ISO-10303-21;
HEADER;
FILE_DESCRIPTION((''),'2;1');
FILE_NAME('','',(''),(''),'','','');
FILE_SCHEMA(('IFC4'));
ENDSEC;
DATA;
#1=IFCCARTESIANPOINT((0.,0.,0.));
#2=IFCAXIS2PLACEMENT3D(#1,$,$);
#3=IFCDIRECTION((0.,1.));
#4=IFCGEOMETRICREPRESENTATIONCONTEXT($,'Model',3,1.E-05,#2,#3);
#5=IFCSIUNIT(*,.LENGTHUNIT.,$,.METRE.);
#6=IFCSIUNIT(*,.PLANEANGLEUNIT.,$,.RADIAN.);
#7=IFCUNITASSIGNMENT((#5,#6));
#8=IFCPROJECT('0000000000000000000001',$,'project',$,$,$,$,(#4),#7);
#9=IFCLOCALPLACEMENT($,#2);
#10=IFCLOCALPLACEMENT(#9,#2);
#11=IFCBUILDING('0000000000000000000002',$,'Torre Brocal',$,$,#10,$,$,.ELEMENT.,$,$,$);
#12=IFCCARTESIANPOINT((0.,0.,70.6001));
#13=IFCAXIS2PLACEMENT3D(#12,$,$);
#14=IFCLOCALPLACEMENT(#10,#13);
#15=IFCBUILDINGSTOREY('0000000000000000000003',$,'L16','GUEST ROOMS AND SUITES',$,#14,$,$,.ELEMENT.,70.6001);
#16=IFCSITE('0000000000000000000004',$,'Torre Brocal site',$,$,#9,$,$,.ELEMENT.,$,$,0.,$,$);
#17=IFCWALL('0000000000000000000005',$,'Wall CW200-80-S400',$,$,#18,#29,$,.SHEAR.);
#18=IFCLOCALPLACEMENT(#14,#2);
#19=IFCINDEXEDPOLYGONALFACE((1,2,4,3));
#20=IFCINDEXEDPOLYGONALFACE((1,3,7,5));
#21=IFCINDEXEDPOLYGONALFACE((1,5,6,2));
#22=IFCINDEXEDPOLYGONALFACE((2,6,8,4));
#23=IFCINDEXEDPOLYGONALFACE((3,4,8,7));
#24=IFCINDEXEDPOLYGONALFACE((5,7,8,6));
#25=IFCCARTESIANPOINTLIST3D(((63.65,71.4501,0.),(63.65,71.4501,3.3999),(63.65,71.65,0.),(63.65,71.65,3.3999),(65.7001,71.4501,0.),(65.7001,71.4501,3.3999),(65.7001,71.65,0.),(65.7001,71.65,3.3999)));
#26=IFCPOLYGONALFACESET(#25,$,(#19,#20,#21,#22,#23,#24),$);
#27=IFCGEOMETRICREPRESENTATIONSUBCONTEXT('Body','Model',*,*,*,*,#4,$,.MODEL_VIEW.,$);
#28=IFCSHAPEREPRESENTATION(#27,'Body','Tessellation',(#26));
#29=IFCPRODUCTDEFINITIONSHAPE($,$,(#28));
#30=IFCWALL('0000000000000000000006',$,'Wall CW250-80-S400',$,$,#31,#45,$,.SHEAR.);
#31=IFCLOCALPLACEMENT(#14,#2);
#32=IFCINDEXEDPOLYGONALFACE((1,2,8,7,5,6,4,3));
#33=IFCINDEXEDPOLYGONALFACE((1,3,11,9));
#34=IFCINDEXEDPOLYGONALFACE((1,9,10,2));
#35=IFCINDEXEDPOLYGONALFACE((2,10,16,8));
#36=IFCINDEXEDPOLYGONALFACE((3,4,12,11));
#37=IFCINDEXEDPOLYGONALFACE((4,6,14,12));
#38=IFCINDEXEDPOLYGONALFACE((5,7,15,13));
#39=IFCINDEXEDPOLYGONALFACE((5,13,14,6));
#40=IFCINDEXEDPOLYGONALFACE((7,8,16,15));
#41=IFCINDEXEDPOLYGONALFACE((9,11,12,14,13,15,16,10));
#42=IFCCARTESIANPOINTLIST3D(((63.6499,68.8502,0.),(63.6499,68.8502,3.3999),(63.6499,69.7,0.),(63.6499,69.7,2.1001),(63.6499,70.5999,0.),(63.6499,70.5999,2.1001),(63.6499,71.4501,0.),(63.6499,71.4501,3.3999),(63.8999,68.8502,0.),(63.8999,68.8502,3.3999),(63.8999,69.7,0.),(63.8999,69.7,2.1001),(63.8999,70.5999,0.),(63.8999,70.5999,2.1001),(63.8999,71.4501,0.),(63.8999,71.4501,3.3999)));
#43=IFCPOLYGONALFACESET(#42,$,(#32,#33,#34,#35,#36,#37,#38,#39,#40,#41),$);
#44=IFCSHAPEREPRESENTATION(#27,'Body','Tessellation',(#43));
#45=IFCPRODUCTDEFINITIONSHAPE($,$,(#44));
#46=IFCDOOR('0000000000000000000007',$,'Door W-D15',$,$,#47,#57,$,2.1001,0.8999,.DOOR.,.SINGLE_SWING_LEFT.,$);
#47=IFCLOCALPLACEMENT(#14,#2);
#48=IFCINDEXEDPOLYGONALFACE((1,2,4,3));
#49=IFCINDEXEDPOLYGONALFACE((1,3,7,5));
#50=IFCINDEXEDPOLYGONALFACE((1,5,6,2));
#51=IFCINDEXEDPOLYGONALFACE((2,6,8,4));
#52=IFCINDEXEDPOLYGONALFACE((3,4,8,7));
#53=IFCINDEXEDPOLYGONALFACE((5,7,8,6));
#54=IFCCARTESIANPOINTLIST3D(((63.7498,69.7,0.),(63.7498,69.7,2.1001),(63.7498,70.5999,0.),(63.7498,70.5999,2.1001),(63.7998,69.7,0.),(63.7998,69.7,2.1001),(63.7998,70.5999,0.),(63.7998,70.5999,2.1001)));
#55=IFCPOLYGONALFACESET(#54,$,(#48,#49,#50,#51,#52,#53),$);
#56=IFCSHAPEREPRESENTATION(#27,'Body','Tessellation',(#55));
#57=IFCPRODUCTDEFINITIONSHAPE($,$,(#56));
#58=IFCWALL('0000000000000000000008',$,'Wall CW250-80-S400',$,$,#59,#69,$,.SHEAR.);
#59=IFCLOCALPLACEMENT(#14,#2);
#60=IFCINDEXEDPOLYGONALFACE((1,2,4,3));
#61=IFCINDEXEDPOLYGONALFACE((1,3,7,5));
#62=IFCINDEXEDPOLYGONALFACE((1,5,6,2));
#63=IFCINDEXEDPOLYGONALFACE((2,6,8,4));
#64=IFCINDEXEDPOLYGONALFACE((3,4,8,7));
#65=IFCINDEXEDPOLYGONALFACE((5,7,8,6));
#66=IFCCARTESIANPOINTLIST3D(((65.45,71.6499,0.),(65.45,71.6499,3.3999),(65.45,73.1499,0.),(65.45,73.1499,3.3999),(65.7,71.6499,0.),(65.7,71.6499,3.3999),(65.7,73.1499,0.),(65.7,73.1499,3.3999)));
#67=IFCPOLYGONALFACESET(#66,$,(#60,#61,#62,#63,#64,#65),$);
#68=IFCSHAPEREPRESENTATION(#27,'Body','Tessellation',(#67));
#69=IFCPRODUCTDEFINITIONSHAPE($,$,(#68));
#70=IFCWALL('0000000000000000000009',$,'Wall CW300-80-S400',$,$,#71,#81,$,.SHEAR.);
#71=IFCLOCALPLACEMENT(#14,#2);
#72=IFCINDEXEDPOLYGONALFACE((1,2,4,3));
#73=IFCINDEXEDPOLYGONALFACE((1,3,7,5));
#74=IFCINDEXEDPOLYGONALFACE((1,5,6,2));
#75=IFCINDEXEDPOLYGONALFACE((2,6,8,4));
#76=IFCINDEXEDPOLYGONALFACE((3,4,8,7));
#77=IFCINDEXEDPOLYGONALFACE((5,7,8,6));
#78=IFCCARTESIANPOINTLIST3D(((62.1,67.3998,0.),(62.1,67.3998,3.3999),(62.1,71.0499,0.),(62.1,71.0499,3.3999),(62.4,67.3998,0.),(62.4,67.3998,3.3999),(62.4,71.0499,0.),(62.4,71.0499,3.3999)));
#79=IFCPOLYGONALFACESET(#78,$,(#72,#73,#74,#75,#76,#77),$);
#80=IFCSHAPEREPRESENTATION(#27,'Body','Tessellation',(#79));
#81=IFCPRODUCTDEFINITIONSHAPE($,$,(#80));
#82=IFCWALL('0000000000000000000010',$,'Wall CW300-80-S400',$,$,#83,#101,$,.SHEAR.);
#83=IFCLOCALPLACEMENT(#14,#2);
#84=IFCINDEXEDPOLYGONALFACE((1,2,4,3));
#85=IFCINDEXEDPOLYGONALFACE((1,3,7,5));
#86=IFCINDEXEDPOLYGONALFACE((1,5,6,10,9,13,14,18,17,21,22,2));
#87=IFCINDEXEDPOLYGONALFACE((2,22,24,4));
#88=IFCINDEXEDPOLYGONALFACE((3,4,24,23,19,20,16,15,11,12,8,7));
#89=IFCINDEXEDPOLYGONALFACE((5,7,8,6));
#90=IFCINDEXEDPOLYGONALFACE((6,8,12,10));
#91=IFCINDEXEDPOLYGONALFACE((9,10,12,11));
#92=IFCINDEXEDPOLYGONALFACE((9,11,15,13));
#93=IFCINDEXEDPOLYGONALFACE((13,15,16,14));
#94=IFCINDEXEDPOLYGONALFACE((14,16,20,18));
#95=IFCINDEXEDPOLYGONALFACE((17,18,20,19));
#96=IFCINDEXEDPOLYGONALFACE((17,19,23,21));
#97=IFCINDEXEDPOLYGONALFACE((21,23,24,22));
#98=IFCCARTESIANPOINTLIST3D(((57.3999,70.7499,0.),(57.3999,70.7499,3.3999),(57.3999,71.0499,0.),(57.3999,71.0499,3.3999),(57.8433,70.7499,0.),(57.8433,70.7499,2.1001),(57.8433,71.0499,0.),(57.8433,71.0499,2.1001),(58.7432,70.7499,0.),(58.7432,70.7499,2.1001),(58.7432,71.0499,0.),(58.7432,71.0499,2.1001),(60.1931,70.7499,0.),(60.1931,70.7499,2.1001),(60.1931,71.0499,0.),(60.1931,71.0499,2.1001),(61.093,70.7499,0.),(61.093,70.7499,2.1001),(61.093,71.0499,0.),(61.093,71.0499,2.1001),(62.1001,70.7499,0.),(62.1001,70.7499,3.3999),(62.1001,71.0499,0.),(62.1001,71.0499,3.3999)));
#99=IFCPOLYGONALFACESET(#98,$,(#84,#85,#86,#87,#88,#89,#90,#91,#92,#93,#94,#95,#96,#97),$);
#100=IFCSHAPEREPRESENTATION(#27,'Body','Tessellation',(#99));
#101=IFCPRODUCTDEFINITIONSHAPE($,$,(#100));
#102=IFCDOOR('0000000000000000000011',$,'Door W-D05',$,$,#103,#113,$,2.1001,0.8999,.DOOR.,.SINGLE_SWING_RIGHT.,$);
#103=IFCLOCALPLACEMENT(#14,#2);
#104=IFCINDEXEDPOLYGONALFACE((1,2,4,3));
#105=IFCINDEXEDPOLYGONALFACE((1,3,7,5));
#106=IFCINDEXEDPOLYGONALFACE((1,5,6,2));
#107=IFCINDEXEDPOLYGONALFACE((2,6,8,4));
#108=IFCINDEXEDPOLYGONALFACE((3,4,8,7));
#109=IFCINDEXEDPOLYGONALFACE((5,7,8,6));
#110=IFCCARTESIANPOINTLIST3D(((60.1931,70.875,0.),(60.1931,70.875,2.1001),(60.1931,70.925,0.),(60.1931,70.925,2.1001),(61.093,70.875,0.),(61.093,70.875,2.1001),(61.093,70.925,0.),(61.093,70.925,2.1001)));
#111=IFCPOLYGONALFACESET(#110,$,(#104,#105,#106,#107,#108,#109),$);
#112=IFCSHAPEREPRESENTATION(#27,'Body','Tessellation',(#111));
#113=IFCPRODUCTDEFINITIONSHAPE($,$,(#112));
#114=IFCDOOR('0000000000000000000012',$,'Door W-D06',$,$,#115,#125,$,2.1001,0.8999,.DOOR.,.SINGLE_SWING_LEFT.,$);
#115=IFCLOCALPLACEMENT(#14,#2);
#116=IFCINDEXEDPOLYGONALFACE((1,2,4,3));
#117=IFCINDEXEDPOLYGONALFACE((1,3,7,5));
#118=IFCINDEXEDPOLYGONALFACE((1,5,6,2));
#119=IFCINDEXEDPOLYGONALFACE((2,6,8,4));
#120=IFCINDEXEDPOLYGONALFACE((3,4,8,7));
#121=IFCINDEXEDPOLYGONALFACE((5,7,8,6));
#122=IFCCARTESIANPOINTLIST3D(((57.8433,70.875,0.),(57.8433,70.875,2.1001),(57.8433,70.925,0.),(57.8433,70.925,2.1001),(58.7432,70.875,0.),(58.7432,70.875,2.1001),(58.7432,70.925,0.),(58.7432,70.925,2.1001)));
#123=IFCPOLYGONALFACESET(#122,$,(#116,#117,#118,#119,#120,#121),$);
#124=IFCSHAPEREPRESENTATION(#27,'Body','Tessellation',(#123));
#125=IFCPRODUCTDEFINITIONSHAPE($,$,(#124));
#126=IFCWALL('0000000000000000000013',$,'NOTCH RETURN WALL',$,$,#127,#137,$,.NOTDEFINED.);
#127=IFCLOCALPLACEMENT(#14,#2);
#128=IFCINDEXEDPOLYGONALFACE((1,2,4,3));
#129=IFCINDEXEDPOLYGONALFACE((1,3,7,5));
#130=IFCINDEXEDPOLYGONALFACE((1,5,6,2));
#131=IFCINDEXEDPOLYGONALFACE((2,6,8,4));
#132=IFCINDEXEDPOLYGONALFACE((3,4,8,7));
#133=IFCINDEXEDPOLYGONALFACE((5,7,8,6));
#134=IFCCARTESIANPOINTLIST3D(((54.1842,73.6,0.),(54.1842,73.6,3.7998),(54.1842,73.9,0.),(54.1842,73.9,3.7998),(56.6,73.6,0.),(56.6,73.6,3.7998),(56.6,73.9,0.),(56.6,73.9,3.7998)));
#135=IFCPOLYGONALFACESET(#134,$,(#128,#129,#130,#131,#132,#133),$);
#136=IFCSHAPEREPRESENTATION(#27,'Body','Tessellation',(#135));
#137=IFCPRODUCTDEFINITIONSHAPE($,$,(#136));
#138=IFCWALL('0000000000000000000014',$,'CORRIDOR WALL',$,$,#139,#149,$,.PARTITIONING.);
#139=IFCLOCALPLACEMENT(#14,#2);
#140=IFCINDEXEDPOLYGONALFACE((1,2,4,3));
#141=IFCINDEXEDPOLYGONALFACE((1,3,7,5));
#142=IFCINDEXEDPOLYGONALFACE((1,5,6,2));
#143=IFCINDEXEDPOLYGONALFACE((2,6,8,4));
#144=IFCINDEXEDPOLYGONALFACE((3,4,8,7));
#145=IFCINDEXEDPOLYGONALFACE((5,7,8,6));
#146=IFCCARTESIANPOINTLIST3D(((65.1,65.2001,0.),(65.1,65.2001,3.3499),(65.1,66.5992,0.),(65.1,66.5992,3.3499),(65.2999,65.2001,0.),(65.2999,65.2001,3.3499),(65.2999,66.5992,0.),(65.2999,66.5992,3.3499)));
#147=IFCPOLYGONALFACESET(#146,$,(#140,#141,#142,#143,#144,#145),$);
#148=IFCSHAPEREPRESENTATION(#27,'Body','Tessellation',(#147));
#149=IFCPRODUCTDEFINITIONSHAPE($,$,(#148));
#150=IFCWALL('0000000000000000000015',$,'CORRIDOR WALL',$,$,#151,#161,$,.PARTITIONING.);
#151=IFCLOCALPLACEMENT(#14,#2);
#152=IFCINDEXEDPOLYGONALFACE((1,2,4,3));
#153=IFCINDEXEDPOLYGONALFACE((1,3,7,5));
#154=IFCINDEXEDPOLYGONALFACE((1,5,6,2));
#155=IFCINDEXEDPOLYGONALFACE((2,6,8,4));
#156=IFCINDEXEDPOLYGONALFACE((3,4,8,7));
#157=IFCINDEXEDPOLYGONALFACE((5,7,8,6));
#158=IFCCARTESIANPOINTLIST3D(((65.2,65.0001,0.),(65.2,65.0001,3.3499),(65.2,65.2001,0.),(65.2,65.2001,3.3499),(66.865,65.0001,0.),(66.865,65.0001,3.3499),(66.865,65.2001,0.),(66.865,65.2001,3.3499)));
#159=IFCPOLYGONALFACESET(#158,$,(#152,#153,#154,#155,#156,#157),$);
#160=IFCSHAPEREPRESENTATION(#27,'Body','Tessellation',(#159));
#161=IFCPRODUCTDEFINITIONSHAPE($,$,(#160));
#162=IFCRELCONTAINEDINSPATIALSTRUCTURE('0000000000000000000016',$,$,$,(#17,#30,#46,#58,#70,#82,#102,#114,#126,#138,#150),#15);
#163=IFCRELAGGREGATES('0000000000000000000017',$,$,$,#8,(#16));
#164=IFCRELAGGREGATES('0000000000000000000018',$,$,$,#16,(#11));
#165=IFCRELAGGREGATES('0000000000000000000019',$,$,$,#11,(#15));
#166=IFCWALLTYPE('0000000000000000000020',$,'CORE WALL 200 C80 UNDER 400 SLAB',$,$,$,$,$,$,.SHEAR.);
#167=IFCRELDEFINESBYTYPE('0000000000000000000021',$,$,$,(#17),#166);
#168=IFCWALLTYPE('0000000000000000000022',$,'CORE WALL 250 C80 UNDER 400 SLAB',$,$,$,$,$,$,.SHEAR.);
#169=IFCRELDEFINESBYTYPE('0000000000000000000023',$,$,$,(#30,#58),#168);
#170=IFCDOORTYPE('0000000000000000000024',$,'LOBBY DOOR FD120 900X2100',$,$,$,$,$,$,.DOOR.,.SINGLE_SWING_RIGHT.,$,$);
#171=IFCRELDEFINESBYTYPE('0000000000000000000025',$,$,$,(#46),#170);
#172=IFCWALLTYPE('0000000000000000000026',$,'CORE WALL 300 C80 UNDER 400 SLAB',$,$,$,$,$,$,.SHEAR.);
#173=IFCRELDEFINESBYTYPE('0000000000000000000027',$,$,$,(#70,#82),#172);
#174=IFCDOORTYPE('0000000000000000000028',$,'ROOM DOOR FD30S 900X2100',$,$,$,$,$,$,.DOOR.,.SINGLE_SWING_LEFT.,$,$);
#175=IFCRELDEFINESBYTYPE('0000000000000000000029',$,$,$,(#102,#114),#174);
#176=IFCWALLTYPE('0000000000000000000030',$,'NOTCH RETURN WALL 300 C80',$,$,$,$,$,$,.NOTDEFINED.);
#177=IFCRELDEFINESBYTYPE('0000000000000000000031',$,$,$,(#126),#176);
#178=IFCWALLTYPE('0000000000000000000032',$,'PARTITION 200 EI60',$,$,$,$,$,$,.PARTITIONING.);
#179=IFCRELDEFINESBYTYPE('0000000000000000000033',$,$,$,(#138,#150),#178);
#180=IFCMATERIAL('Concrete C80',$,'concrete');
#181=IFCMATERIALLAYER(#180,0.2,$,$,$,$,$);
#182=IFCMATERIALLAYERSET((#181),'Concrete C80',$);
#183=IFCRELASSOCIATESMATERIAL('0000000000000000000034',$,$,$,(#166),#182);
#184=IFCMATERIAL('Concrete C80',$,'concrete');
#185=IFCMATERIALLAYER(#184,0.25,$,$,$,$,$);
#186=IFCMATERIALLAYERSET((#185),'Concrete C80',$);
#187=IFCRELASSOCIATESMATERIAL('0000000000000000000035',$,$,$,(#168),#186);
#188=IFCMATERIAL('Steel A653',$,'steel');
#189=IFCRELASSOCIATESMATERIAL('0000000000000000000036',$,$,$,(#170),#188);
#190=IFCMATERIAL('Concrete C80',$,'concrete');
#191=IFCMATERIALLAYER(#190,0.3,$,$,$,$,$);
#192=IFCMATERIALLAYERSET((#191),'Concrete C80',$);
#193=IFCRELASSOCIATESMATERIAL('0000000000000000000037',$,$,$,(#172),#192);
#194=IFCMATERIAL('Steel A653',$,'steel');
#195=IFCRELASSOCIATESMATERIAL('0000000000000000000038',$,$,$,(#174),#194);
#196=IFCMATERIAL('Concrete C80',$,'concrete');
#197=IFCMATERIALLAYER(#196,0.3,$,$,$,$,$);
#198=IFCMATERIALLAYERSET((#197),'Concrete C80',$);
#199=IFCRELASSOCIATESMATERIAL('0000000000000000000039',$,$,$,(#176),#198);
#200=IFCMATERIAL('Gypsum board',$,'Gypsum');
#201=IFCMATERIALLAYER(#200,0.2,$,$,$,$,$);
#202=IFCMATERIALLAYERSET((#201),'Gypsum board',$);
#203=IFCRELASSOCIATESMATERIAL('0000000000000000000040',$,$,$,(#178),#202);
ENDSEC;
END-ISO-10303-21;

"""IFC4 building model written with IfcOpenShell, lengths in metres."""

from ifc_helpers import new_model, si_unit, direction, frame, frame_2d, origin, place, context, subcontext, project, spatial, rectangle, extrude, material, layer, layer_set, type_object, element, fill, save


model = new_model("IFC4")

# Units and contexts
model_context = context("Model", 3, precision=1e-05, world=origin(), true_north=direction((0.0, 1.0)))
body_context = subcontext(model_context, "Body", "Model", "MODEL_VIEW")
ifc_project = project(units=[si_unit("LENGTHUNIT", "METRE"), si_unit("PLANEANGLEUNIT", "RADIAN")], contexts=[model_context])

# Site, building, storey
site_placement = place(None, origin())
site = spatial("IfcSite", under=ifc_project, at=site_placement, Name="Torre Brocal site", CompositionType="ELEMENT", RefElevation=0.0)
building_placement = place(site_placement, origin())
building = spatial("IfcBuilding", under=site, at=building_placement, Name="Torre Brocal", CompositionType="ELEMENT")
storey_placement = place(building_placement, frame((0.0, 0.0, 70.6001)))
storey = spatial("IfcBuildingStorey", under=building, at=storey_placement, Name="L16", Description="GUEST ROOMS AND SUITES", CompositionType="ELEMENT", Elevation=70.6001)

# Wall
ifc_material_1 = material(Name="Concrete C80", Category="concrete")
ifc_layer_1 = layer(ifc_material_1, 0.2)
ifc_layer_set_1 = layer_set([ifc_layer_1], Name="Concrete C80")
wall_type_1 = type_object("IfcWallType", Name="CORE WALL 200 C80 UNDER 400 SLAB", PredefinedType="SHEAR", material=ifc_layer_set_1)
wall_1_placement = place(storey_placement, frame((65.7, 71.55, 0.0), z_axis=(0.0, 0.0, 1.0), x_axis=(-1.0, 0.0, 0.0)))
element("IfcWall", 1, at=wall_1_placement, inside=storey, type_object=wall_type_1, Name="Wall CW200-80-S400", PredefinedType="SHEAR", context=body_context, shape_type="SweptSolid", body=[
    extrude(rectangle(XDim=2.05, YDim=0.2, at=frame_2d((1.0249, 0.0))), origin(), (0.0, 0.0, 1.0), 3.3999),
])

# Wall, opening, door
ifc_material_2 = material(Name="Concrete C80", Category="concrete")
ifc_layer_2 = layer(ifc_material_2, 0.25)
ifc_layer_set_2 = layer_set([ifc_layer_2], Name="Concrete C80")
wall_type_2 = type_object("IfcWallType", Name="CORE WALL 250 C80 UNDER 400 SLAB", PredefinedType="SHEAR", material=ifc_layer_set_2)
wall_2_placement = place(storey_placement, frame((63.7749, 71.45, 0.0), z_axis=(0.0, 0.0, 1.0), x_axis=(0.0, -1.0, 0.0)))
wall_2 = element("IfcWall", 2, at=wall_2_placement, inside=storey, type_object=wall_type_2, Name="Wall CW250-80-S400", PredefinedType="SHEAR", context=body_context, shape_type="SweptSolid", body=[
    extrude(rectangle(XDim=2.5999, YDim=0.25, at=frame_2d((1.2998, 0.0))), origin(), (0.0, 0.0, 1.0), 3.3999),
])
opening_1_placement = place(wall_2_placement, frame((0.8501, 0.0, 0.0)))
opening_1 = element("IfcOpeningElement", 3, at=opening_1_placement, cuts=wall_2, PredefinedType="OPENING", context=body_context, shape_type="SweptSolid", body=[
    extrude(rectangle(XDim=0.8999, YDim=2.1001, at=frame_2d((0.45, 1.05))), frame((0.0, 0.135, 0.0), z_axis=(0.0, -1.0, 0.0), x_axis=(1.0, 0.0, 0.0)), (0.0, 0.0, 1.0), 0.27),
])
ifc_material_3 = material(Name="Steel A653", Category="steel")
door_type_1 = type_object("IfcDoorType", Name="LOBBY DOOR FD120 900X2100", OperationType="SINGLE_SWING_RIGHT", PredefinedType="DOOR", material=ifc_material_3)
door_1_placement = place(opening_1_placement, origin())
door_1 = element("IfcDoor", 4, at=door_1_placement, inside=storey, type_object=door_type_1, Name="Door W-D15", OperationType="SINGLE_SWING_LEFT", OverallHeight=2.1001, OverallWidth=0.8999, PredefinedType="DOOR", context=body_context, shape_type="SweptSolid", body=[
    extrude(rectangle(XDim=0.8999, YDim=2.1001, at=frame_2d((0.45, 1.05))), frame((0.0, 0.0249, 0.0), z_axis=(0.0, -1.0, 0.0), x_axis=(1.0, 0.0, 0.0)), (0.0, 0.0, 1.0), 0.05),
])
fill(opening_1, door_1)

# Walls
wall_3_placement = place(storey_placement, frame((65.575, 73.1499, 0.0), z_axis=(0.0, 0.0, 1.0), x_axis=(0.0, -1.0, 0.0)))
element("IfcWall", 5, at=wall_3_placement, inside=storey, type_object=wall_type_2, Name="Wall CW250-80-S400", PredefinedType="SHEAR", context=body_context, shape_type="SweptSolid", body=[
    extrude(rectangle(XDim=1.5, YDim=0.25, at=frame_2d((0.75, 0.0))), origin(), (0.0, 0.0, 1.0), 3.3999),
])
ifc_material_4 = material(Name="Concrete C80", Category="concrete")
ifc_layer_3 = layer(ifc_material_4, 0.3)
ifc_layer_set_3 = layer_set([ifc_layer_3], Name="Concrete C80")
wall_type_3 = type_object("IfcWallType", Name="CORE WALL 300 C80 UNDER 400 SLAB", PredefinedType="SHEAR", material=ifc_layer_set_3)
wall_4_placement = place(storey_placement, frame((62.25, 71.05, 0.0), z_axis=(0.0, 0.0, 1.0), x_axis=(0.0, -1.0, 0.0)))
element("IfcWall", 6, at=wall_4_placement, inside=storey, type_object=wall_type_3, Name="Wall CW300-80-S400", PredefinedType="SHEAR", context=body_context, shape_type="SweptSolid", body=[
    extrude(rectangle(XDim=3.6501, YDim=0.3, at=frame_2d((1.8252, 0.0))), origin(), (0.0, 0.0, 1.0), 3.3999),
])

# Wall, openings, doors
wall_5_placement = place(storey_placement, frame((62.1001, 70.8999, 0.0), z_axis=(0.0, 0.0, 1.0), x_axis=(-1.0, 0.0, 0.0)))
wall_5 = element("IfcWall", 7, at=wall_5_placement, inside=storey, type_object=wall_type_3, Name="Wall CW300-80-S400", PredefinedType="SHEAR", context=body_context, shape_type="SweptSolid", body=[
    extrude(rectangle(XDim=4.7002, YDim=0.3, at=frame_2d((2.3501, 0.0))), origin(), (0.0, 0.0, 1.0), 3.3999),
])
opening_2_placement = place(wall_5_placement, frame((1.0071, 0.0, 0.0)))
opening_2 = element("IfcOpeningElement", 8, at=opening_2_placement, cuts=wall_5, PredefinedType="OPENING", context=body_context, shape_type="SweptSolid", body=[
    extrude(rectangle(XDim=0.8999, YDim=2.1001, at=frame_2d((0.45, 1.05))), frame((0.0, 0.1599, 0.0), z_axis=(0.0, -1.0, 0.0), x_axis=(1.0, 0.0, 0.0)), (0.0, 0.0, 1.0), 0.3201),
])
opening_3_placement = place(wall_5_placement, frame((3.3569, 0.0, 0.0)))
opening_3 = element("IfcOpeningElement", 9, at=opening_3_placement, cuts=wall_5, PredefinedType="OPENING", context=body_context, shape_type="SweptSolid", body=[
    extrude(rectangle(XDim=0.8999, YDim=2.1001, at=frame_2d((0.45, 1.05))), frame((0.0, 0.1599, 0.0), z_axis=(0.0, -1.0, 0.0), x_axis=(1.0, 0.0, 0.0)), (0.0, 0.0, 1.0), 0.3201),
])
ifc_material_5 = material(Name="Steel A653", Category="steel")
door_type_2 = type_object("IfcDoorType", Name="ROOM DOOR FD30S 900X2100", OperationType="SINGLE_SWING_LEFT", PredefinedType="DOOR", material=ifc_material_5)
door_2_placement = place(opening_2_placement, origin())
door_2 = element("IfcDoor", 10, at=door_2_placement, inside=storey, type_object=door_type_2, Name="Door W-D05", OperationType="SINGLE_SWING_RIGHT", OverallHeight=2.1001, OverallWidth=0.8999, PredefinedType="DOOR", context=body_context, shape_type="SweptSolid", body=[
    extrude(rectangle(XDim=0.8999, YDim=2.1001, at=frame_2d((0.45, 1.05))), frame((0.0, 0.0249, 0.0), z_axis=(0.0, -1.0, 0.0), x_axis=(1.0, 0.0, 0.0)), (0.0, 0.0, 1.0), 0.05),
])
fill(opening_2, door_2)
door_3_placement = place(opening_3_placement, origin())
door_3 = element("IfcDoor", 11, at=door_3_placement, inside=storey, type_object=door_type_2, Name="Door W-D06", OperationType="SINGLE_SWING_LEFT", OverallHeight=2.1001, OverallWidth=0.8999, PredefinedType="DOOR", context=body_context, shape_type="SweptSolid", body=[
    extrude(rectangle(XDim=0.8999, YDim=2.1001, at=frame_2d((0.45, 1.05))), frame((0.0, 0.0249, 0.0), z_axis=(0.0, -1.0, 0.0), x_axis=(1.0, 0.0, 0.0)), (0.0, 0.0, 1.0), 0.05),
])
fill(opening_3, door_3)

# Walls
ifc_material_6 = material(Name="Concrete C80", Category="concrete")
ifc_layer_4 = layer(ifc_material_6, 0.3)
ifc_layer_set_4 = layer_set([ifc_layer_4], Name="Concrete C80")
wall_type_4 = type_object("IfcWallType", Name="NOTCH RETURN WALL 300 C80", PredefinedType="NOTDEFINED", material=ifc_layer_set_4)
wall_6_placement = place(storey_placement, frame((56.6001, 73.75, 0.0), z_axis=(0.0, 0.0, 1.0), x_axis=(-1.0, 0.0, 0.0)))
element("IfcWall", 12, at=wall_6_placement, inside=storey, type_object=wall_type_4, Name="NOTCH RETURN WALL", PredefinedType="NOTDEFINED", context=body_context, shape_type="SweptSolid", body=[
    extrude(rectangle(XDim=2.4158, YDim=0.3, at=frame_2d((1.208, 0.0))), origin(), (0.0, 0.0, 1.0), 3.7998),
])
ifc_material_7 = material(Name="Gypsum board", Category="Gypsum")
ifc_layer_5 = layer(ifc_material_7, 0.2)
ifc_layer_set_5 = layer_set([ifc_layer_5], Name="Gypsum board")
wall_type_5 = type_object("IfcWallType", Name="PARTITION 200 EI60", PredefinedType="PARTITIONING", material=ifc_layer_set_5)
wall_7_placement = place(storey_placement, frame((65.2, 65.2, 0.0), z_axis=(0.0, 0.0, 1.0), x_axis=(0.0, 1.0, 0.0)))
element("IfcWall", 13, at=wall_7_placement, inside=storey, type_object=wall_type_5, Name="CORRIDOR WALL", PredefinedType="PARTITIONING", context=body_context, shape_type="SweptSolid", body=[
    extrude(rectangle(XDim=1.3992, YDim=0.2, at=frame_2d((0.6997, 0.0))), origin(), (0.0, 0.0, 1.0), 3.3499),
])
wall_8_placement = place(storey_placement, frame((65.2, 65.1001, 0.0), z_axis=(0.0, 0.0, 1.0), x_axis=(1.0, 0.0, 0.0)))
element("IfcWall", 14, at=wall_8_placement, inside=storey, type_object=wall_type_5, Name="CORRIDOR WALL", PredefinedType="PARTITIONING", context=body_context, shape_type="SweptSolid", body=[
    extrude(rectangle(XDim=1.665, YDim=0.2, at=frame_2d((0.8325, 0.0))), origin(), (0.0, 0.0, 1.0), 3.3499),
])

save(model, "model.ifc")
